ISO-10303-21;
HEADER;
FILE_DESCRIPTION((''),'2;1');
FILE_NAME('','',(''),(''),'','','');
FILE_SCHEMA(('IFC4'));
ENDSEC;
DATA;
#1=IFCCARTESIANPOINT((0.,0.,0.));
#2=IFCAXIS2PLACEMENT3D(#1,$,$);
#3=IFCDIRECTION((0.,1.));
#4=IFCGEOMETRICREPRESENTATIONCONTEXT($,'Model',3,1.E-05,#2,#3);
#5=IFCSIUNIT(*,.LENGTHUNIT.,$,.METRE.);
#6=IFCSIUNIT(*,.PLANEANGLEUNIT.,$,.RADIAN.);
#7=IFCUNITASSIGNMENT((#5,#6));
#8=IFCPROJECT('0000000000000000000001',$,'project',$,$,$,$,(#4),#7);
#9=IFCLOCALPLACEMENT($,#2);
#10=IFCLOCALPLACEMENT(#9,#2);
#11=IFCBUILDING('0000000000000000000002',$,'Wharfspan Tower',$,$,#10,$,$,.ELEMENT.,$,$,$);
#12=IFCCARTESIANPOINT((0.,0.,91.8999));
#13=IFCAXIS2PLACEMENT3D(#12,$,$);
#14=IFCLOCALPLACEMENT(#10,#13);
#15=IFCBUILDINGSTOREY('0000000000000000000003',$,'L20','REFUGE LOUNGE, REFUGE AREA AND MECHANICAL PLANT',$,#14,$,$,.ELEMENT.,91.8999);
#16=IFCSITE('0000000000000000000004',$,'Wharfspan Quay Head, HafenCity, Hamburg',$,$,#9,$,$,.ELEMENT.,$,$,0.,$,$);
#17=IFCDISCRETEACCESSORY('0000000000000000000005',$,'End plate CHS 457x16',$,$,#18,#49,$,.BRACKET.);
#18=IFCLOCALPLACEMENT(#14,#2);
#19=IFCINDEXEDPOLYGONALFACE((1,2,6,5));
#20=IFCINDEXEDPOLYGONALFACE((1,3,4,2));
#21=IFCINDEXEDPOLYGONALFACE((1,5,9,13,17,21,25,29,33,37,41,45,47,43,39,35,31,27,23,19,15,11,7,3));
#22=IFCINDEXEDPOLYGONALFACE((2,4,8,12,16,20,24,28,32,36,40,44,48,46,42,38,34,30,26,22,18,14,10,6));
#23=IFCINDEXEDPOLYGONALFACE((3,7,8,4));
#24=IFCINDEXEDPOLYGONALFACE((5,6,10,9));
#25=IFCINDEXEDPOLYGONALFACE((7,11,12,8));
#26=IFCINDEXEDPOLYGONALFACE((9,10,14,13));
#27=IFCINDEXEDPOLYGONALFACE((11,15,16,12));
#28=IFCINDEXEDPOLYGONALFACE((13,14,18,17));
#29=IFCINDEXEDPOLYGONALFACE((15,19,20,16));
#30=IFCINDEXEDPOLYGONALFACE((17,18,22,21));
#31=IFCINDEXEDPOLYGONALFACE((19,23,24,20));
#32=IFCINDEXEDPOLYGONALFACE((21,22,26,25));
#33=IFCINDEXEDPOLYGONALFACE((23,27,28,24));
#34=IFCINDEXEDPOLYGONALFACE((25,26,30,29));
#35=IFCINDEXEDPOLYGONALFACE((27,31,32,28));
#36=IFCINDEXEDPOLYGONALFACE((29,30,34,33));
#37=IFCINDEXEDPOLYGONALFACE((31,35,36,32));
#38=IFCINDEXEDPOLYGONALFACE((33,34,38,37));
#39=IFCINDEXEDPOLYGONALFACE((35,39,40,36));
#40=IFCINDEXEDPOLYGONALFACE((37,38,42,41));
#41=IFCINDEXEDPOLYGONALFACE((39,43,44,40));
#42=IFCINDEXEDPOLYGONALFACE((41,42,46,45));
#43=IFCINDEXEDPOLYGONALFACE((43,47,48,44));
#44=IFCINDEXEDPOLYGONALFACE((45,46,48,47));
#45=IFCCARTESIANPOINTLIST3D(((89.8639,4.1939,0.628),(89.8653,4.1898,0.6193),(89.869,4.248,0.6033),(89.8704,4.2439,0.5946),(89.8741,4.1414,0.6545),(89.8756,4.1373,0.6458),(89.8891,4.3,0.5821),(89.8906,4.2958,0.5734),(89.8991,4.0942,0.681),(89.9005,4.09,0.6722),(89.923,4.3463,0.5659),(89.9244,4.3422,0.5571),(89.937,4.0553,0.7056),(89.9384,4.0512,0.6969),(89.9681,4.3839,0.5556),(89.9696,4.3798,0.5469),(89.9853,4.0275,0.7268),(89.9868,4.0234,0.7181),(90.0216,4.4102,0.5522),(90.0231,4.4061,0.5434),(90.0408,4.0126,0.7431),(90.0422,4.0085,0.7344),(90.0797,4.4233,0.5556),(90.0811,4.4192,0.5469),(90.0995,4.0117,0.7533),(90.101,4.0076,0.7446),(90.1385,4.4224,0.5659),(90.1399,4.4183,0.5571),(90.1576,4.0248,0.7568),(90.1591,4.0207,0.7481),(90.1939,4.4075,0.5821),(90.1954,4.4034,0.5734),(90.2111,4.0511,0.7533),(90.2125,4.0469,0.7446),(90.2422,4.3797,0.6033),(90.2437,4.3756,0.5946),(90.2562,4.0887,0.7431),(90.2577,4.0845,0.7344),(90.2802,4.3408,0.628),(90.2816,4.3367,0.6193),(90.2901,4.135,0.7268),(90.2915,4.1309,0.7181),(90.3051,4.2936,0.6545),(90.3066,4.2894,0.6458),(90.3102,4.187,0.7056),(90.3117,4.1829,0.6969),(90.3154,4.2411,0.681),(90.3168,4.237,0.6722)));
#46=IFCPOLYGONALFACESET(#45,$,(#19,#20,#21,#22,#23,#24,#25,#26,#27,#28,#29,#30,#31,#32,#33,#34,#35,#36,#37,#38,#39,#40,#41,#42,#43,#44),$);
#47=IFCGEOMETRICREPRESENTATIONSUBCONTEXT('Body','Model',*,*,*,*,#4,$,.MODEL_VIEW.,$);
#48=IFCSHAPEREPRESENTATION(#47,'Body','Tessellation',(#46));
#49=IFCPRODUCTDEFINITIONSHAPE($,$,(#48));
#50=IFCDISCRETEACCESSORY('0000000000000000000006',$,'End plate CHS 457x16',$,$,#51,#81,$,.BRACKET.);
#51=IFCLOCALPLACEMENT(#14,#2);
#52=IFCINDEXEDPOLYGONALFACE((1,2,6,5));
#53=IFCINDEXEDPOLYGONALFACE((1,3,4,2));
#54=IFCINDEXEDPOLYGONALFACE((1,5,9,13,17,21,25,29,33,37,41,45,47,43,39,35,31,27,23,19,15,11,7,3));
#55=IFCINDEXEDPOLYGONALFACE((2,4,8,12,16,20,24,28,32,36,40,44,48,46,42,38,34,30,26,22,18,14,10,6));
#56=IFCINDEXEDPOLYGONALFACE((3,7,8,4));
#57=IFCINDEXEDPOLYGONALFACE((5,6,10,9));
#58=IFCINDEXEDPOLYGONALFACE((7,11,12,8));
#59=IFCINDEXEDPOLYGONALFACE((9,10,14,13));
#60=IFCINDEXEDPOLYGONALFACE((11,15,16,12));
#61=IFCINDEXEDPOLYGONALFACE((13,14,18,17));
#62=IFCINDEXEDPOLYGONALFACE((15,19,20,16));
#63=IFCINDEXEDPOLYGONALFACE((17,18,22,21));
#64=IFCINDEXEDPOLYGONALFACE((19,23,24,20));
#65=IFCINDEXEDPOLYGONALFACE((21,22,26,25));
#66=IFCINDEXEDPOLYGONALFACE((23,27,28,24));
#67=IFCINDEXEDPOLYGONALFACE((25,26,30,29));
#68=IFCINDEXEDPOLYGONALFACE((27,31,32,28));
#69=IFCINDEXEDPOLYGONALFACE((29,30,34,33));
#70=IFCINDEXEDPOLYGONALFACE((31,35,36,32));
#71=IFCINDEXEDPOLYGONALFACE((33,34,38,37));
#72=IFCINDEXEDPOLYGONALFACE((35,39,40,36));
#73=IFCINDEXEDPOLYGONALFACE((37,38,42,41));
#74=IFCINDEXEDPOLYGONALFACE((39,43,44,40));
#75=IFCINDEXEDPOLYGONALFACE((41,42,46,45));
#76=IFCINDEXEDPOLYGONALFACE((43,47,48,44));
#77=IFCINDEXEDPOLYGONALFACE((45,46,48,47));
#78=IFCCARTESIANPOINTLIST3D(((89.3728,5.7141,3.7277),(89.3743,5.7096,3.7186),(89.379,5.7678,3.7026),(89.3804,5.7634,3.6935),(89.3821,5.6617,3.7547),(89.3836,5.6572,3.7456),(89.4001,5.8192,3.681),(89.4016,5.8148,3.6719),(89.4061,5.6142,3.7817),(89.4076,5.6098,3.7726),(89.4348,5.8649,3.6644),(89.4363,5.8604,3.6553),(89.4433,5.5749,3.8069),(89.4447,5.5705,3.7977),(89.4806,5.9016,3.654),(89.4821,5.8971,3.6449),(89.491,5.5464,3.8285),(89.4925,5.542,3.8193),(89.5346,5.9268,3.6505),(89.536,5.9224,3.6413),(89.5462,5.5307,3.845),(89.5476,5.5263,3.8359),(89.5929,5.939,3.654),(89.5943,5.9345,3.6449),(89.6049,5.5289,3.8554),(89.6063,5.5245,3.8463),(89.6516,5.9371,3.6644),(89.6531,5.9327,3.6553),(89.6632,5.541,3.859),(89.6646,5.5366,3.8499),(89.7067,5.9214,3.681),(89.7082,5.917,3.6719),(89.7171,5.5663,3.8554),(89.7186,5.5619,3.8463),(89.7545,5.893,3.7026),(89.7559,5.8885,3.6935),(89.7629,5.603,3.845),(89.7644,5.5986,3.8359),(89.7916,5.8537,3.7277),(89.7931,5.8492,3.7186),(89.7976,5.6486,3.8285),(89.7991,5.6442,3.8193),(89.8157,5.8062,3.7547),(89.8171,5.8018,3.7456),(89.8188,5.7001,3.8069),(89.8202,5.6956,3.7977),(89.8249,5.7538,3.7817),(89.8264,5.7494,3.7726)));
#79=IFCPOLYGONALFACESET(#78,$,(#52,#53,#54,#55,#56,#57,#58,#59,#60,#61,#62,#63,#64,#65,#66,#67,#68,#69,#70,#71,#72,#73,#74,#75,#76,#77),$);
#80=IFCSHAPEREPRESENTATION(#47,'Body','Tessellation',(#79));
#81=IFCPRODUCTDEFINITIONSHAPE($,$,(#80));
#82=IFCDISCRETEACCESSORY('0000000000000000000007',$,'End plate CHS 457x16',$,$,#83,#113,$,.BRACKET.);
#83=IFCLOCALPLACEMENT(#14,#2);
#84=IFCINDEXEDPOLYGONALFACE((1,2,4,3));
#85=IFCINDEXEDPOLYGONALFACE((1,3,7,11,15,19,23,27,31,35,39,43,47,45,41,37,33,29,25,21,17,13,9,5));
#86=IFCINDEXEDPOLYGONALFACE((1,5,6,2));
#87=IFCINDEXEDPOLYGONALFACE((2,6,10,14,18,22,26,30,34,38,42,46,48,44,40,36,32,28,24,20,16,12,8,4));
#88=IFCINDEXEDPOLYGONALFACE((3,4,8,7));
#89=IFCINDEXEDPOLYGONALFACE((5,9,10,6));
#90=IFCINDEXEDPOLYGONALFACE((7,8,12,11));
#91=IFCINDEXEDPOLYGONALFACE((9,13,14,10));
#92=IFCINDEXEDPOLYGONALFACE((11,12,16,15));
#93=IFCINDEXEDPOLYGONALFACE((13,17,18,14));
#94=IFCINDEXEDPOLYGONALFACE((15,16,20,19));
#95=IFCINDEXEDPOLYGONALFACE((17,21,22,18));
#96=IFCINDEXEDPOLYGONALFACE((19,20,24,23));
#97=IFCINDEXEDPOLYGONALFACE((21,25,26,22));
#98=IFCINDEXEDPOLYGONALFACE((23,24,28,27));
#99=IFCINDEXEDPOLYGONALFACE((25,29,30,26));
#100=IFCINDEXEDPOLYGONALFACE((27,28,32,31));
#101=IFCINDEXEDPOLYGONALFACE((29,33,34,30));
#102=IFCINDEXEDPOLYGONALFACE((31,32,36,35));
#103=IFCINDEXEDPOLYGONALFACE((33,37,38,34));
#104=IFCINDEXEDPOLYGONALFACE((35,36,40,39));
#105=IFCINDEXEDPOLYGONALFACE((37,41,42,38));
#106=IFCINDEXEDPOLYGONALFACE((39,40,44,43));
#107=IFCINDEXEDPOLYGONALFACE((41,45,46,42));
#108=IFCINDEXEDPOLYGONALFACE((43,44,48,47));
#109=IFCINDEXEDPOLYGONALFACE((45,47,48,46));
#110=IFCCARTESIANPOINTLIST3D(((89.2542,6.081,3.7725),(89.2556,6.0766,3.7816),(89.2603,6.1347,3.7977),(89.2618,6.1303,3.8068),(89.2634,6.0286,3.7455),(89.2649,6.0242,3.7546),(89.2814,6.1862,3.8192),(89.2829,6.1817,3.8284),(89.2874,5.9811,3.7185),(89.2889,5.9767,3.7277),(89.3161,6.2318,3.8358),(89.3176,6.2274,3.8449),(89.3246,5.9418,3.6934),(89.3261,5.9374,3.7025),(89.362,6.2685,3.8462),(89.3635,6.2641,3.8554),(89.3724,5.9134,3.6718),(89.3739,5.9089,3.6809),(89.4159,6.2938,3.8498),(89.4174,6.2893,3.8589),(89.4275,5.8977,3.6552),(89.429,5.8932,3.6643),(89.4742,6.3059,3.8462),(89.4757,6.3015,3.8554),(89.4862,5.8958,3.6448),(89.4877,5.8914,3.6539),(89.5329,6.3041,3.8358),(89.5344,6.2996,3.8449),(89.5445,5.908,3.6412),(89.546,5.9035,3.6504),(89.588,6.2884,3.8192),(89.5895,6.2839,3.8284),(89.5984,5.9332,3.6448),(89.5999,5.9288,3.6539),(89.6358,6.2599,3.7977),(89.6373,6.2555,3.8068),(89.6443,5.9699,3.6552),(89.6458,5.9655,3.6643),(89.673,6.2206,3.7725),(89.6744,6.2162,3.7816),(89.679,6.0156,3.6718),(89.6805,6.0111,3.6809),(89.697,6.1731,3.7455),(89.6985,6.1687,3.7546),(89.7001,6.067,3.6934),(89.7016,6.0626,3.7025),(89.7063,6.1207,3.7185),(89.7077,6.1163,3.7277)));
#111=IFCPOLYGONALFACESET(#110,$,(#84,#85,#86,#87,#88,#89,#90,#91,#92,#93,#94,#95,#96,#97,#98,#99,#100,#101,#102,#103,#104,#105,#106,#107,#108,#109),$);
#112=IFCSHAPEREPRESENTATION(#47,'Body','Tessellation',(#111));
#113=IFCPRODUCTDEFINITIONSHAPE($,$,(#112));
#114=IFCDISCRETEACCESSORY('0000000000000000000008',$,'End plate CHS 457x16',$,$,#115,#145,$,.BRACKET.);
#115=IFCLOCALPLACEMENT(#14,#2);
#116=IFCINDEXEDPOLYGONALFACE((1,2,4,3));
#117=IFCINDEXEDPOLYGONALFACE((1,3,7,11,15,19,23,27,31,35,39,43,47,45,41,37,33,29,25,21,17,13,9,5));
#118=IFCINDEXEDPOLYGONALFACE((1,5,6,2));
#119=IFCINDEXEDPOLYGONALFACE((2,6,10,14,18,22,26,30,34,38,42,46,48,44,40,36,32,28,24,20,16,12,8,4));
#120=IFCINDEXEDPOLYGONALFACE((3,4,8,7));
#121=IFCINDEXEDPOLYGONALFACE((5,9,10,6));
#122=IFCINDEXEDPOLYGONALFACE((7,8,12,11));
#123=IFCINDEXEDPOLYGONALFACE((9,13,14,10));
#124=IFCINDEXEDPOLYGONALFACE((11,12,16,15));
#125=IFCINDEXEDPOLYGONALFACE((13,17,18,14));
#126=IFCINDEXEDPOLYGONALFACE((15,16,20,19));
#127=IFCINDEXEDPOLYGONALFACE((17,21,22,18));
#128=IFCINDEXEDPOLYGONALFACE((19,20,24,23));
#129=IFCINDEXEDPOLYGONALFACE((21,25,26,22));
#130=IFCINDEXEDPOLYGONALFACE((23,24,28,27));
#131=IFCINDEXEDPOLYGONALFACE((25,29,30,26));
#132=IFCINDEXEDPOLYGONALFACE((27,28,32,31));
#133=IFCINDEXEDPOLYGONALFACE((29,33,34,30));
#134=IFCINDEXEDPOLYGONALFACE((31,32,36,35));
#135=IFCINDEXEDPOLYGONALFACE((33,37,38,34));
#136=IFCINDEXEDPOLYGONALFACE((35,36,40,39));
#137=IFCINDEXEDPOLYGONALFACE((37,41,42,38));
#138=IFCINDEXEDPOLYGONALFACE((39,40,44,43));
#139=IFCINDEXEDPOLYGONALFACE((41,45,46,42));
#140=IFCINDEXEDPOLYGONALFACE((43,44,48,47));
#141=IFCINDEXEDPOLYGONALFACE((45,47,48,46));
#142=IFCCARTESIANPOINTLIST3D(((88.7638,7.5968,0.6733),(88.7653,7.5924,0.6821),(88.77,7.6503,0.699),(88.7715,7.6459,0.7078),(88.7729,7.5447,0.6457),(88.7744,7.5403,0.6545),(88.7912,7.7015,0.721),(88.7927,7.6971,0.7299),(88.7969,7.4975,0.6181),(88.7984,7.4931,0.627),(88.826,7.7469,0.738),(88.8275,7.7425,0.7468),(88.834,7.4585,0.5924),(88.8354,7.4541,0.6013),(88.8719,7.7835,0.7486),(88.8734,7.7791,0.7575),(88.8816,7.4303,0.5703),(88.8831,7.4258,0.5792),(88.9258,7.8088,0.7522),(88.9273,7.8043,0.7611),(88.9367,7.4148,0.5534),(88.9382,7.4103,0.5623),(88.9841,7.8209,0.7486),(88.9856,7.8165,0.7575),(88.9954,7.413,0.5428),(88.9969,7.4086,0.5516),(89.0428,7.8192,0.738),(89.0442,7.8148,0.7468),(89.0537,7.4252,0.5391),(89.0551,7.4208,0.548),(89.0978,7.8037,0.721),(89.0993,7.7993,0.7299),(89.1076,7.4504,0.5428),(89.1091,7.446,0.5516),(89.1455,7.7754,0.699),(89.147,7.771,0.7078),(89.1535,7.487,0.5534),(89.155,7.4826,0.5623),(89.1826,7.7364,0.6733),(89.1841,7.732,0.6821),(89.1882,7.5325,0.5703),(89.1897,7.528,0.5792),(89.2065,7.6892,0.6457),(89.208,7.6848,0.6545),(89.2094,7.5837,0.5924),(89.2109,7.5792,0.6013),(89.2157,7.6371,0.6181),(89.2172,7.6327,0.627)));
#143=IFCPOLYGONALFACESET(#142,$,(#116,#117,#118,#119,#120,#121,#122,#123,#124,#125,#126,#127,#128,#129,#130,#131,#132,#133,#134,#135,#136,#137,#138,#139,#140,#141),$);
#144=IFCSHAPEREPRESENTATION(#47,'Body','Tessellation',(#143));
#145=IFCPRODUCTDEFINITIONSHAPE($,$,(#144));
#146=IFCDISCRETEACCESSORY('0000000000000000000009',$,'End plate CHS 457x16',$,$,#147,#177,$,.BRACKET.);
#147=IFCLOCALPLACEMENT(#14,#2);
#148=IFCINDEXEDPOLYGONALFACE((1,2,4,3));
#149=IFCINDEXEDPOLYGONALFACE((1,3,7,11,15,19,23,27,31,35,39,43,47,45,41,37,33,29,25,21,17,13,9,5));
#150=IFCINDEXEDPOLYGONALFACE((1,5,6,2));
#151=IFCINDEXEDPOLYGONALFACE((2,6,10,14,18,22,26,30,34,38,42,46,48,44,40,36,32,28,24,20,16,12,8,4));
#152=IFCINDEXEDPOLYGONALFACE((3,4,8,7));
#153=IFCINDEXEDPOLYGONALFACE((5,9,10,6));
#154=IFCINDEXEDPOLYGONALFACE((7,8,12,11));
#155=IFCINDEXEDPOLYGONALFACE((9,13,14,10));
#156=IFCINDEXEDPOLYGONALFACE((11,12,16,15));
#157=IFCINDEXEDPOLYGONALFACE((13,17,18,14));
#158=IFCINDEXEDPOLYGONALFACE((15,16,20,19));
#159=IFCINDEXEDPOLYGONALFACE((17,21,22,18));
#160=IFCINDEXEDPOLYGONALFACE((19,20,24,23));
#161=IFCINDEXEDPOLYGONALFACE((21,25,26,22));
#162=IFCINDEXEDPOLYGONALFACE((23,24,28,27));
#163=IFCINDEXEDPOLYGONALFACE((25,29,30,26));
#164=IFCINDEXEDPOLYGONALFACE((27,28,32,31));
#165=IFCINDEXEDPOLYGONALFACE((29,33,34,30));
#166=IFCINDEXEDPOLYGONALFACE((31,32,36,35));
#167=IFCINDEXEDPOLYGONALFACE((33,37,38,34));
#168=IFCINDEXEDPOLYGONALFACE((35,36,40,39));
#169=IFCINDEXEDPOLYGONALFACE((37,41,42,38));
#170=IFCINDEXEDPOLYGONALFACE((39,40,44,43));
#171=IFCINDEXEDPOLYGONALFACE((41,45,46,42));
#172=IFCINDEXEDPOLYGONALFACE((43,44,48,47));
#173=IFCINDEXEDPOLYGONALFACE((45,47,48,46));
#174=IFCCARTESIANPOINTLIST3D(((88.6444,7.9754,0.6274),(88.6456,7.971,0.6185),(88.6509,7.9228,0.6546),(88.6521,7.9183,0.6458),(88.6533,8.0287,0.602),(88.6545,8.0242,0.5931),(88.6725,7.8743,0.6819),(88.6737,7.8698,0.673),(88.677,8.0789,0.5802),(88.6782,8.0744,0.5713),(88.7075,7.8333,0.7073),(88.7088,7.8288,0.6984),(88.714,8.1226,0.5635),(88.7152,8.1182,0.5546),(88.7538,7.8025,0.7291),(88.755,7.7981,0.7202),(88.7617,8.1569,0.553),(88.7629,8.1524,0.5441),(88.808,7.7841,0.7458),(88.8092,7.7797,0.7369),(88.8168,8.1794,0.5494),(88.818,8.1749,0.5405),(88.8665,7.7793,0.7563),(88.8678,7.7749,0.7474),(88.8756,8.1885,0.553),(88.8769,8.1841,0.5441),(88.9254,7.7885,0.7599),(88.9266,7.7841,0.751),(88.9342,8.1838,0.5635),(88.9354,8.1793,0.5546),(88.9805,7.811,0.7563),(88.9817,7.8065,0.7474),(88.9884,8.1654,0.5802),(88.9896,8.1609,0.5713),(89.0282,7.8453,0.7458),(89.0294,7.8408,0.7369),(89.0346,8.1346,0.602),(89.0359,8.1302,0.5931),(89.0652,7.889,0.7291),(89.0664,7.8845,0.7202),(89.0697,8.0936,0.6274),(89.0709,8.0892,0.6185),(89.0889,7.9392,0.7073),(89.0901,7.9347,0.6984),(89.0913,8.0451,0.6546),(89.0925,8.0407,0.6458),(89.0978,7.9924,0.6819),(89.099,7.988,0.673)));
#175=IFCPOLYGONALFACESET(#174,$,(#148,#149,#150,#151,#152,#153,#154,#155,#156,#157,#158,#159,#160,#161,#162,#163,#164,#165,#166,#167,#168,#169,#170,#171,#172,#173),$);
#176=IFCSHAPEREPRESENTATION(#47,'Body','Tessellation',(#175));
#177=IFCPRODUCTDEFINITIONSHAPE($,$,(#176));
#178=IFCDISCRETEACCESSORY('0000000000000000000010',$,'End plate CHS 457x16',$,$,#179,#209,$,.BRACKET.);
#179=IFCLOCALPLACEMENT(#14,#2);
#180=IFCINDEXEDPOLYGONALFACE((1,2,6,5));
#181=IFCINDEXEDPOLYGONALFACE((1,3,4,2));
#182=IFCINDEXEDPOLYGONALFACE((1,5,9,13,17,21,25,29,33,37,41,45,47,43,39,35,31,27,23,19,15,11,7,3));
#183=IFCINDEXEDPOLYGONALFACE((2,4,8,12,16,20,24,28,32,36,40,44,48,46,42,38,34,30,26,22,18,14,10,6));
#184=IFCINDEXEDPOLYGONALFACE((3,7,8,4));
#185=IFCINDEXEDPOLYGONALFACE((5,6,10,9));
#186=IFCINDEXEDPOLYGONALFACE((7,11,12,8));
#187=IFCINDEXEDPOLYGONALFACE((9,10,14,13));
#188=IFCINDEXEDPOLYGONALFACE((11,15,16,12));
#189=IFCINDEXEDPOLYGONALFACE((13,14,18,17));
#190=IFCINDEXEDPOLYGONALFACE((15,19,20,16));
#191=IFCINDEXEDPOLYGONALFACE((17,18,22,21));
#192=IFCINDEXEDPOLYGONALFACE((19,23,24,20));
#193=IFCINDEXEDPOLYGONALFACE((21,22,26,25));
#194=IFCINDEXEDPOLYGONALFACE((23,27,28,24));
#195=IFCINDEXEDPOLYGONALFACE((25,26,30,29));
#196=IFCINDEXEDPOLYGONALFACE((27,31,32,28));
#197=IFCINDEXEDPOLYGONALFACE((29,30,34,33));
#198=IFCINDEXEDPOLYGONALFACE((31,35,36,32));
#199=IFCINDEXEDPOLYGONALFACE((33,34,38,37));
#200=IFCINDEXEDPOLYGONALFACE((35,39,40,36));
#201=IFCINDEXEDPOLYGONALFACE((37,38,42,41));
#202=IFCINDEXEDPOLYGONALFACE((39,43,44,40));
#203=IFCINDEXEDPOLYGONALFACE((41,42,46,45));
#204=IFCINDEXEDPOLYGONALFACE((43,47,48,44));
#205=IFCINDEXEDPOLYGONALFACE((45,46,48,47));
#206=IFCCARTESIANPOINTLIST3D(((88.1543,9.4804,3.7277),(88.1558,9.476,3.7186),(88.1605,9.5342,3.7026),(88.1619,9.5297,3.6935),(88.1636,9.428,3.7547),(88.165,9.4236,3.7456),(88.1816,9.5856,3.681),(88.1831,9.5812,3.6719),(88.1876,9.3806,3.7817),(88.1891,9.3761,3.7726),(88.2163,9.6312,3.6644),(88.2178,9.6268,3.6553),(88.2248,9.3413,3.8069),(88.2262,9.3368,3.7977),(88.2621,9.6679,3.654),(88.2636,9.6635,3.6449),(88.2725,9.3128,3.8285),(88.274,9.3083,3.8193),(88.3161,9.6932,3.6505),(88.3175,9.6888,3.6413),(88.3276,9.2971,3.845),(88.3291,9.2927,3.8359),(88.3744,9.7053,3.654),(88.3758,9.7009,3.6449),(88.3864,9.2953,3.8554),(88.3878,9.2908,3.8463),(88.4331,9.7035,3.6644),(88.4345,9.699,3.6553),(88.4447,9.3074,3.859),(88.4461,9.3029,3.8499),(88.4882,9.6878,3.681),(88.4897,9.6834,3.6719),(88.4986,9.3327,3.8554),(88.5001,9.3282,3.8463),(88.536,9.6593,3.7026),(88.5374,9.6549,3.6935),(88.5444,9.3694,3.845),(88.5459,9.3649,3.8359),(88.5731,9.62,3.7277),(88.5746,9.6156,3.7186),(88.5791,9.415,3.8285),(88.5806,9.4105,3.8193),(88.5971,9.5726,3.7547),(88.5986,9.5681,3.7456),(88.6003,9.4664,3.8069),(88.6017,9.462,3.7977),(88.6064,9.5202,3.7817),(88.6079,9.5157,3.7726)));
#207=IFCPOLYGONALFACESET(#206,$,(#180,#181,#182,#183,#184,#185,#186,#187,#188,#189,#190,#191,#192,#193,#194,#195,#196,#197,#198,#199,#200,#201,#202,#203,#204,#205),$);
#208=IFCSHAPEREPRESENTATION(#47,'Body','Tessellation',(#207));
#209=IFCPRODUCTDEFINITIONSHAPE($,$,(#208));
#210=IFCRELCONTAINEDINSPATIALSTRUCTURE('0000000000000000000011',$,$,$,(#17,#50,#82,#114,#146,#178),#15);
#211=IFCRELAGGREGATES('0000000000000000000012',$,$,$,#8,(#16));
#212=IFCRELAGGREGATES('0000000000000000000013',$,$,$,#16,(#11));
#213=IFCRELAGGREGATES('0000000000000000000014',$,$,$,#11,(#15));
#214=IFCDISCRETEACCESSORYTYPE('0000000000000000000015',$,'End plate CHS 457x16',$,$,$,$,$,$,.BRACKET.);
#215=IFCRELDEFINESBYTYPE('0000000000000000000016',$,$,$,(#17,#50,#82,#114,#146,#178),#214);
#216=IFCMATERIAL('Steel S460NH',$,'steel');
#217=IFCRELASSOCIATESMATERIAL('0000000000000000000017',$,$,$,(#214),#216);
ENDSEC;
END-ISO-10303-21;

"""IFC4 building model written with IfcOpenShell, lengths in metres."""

from ifc_helpers import new_model, si_unit, direction, frame, origin, origin_2d, place, context, subcontext, project, spatial, circle, extrude, material, material_profile, profile_set, type_object, element, save


model = new_model("IFC4")

# Units and contexts
model_context = context("Model", 3, precision=1e-05, world=origin(), true_north=direction((0.0, 1.0)))
body_context = subcontext(model_context, "Body", "Model", "MODEL_VIEW")
ifc_project = project(units=[si_unit("LENGTHUNIT", "METRE"), si_unit("PLANEANGLEUNIT", "RADIAN")], contexts=[model_context])

# Site, building, storey
site_placement = place(None, origin())
site = spatial("IfcSite", under=ifc_project, at=site_placement, Name="Wharfspan Quay Head, HafenCity, Hamburg", CompositionType="ELEMENT", RefElevation=0.0)
building_placement = place(site_placement, origin())
building = spatial("IfcBuilding", under=site, at=building_placement, Name="Wharfspan Tower", CompositionType="ELEMENT")
storey_placement = place(building_placement, frame((0.0, 0.0, 91.8999)))
storey = spatial("IfcBuildingStorey", under=building, at=storey_placement, Name="L20", Description="REFUGE LOUNGE, REFUGE AREA AND MECHANICAL PLANT", CompositionType="ELEMENT", Elevation=91.8999)

# Shared definitions
ifc_material_1 = material(Name="Steel S460NH", Category="steel")

# Discrete accessories
ifc_material_profile_1 = material_profile(ifc_material_1, circle(Radius=0.2285, at=origin_2d()))
ifc_profile_set_1 = profile_set([ifc_material_profile_1], Name="Steel S460NH")
discrete_accessory_type_1 = type_object("IfcDiscreteAccessoryType", Name="End plate CHS 457x16", PredefinedType="BRACKET", material=ifc_profile_set_1)
discrete_accessory_1_placement = place(storey_placement, frame((90.0911, 4.2134, 0.6458), z_axis=(-0.149025, 0.422238, 0.894151), x_axis=(-0.942994, -0.332821, 0.0)))
element("IfcDiscreteAccessory", 1, at=discrete_accessory_1_placement, inside=storey, type_object=discrete_accessory_type_1, Name="End plate CHS 457x16", PredefinedType="BRACKET", context=body_context, shape_type="SweptSolid", body=[
    extrude(circle(Radius=0.2285, at=origin_2d()), origin(), (0.0, 0.0, 1.0), 0.0098),
])
for number, where, z_axis, x_axis, name in (
    (2, (89.6003, 5.7295, 3.7456), (-0.144296, 0.432887, 0.889824), (-0.948685, -0.316227, -0.000001), "End plate CHS 457x16"),
    (3, (89.4817, 6.0964, 3.7546), (-0.144296, 0.432887, -0.889824), (-0.948685, -0.316227, 0.000001), "End plate CHS 457x16"),
):
    element("IfcDiscreteAccessory", number, at=place(storey_placement, frame(where, z_axis=z_axis, x_axis=x_axis)), inside=storey, type_object=discrete_accessory_type_1, Name=name, PredefinedType="BRACKET", context=body_context, shape_type="SweptSolid", body=[
        extrude(circle(Radius=0.2285, at=origin_2d()), origin(), (0.0, 0.0, 1.0), 0.0103),
    ])
for number, where, z_axis, x_axis, name in (
    (4, (88.9912, 7.6125, 0.6545), (-0.147442, 0.442326, -0.884652), (-0.948684, -0.316228, 0.0), "End plate CHS 457x16"),
    (5, (88.8723, 7.9795, 0.6458), (-0.123278, 0.443802, 0.887605), (-0.963521, -0.267644, 0.0), "End plate CHS 457x16"),
):
    element("IfcDiscreteAccessory", number, at=place(storey_placement, frame(where, z_axis=z_axis, x_axis=x_axis)), inside=storey, type_object=discrete_accessory_type_1, Name=name, PredefinedType="BRACKET", context=body_context, shape_type="SweptSolid", body=[
        extrude(circle(Radius=0.2285, at=origin_2d()), origin(), (0.0, 0.0, 1.0), 0.01),
    ])
for number, where, z_axis, x_axis, name in (
    (6, (88.3818, 9.4959, 3.7456), (-0.144296, 0.432887, 0.889824), (-0.948685, -0.316227, -0.000001), "End plate CHS 457x16"),
):
    element("IfcDiscreteAccessory", number, at=place(storey_placement, frame(where, z_axis=z_axis, x_axis=x_axis)), inside=storey, type_object=discrete_accessory_type_1, Name=name, PredefinedType="BRACKET", context=body_context, shape_type="SweptSolid", body=[
        extrude(circle(Radius=0.2285, at=origin_2d()), origin(), (0.0, 0.0, 1.0), 0.0103),
    ])

save(model, "model.ifc")
